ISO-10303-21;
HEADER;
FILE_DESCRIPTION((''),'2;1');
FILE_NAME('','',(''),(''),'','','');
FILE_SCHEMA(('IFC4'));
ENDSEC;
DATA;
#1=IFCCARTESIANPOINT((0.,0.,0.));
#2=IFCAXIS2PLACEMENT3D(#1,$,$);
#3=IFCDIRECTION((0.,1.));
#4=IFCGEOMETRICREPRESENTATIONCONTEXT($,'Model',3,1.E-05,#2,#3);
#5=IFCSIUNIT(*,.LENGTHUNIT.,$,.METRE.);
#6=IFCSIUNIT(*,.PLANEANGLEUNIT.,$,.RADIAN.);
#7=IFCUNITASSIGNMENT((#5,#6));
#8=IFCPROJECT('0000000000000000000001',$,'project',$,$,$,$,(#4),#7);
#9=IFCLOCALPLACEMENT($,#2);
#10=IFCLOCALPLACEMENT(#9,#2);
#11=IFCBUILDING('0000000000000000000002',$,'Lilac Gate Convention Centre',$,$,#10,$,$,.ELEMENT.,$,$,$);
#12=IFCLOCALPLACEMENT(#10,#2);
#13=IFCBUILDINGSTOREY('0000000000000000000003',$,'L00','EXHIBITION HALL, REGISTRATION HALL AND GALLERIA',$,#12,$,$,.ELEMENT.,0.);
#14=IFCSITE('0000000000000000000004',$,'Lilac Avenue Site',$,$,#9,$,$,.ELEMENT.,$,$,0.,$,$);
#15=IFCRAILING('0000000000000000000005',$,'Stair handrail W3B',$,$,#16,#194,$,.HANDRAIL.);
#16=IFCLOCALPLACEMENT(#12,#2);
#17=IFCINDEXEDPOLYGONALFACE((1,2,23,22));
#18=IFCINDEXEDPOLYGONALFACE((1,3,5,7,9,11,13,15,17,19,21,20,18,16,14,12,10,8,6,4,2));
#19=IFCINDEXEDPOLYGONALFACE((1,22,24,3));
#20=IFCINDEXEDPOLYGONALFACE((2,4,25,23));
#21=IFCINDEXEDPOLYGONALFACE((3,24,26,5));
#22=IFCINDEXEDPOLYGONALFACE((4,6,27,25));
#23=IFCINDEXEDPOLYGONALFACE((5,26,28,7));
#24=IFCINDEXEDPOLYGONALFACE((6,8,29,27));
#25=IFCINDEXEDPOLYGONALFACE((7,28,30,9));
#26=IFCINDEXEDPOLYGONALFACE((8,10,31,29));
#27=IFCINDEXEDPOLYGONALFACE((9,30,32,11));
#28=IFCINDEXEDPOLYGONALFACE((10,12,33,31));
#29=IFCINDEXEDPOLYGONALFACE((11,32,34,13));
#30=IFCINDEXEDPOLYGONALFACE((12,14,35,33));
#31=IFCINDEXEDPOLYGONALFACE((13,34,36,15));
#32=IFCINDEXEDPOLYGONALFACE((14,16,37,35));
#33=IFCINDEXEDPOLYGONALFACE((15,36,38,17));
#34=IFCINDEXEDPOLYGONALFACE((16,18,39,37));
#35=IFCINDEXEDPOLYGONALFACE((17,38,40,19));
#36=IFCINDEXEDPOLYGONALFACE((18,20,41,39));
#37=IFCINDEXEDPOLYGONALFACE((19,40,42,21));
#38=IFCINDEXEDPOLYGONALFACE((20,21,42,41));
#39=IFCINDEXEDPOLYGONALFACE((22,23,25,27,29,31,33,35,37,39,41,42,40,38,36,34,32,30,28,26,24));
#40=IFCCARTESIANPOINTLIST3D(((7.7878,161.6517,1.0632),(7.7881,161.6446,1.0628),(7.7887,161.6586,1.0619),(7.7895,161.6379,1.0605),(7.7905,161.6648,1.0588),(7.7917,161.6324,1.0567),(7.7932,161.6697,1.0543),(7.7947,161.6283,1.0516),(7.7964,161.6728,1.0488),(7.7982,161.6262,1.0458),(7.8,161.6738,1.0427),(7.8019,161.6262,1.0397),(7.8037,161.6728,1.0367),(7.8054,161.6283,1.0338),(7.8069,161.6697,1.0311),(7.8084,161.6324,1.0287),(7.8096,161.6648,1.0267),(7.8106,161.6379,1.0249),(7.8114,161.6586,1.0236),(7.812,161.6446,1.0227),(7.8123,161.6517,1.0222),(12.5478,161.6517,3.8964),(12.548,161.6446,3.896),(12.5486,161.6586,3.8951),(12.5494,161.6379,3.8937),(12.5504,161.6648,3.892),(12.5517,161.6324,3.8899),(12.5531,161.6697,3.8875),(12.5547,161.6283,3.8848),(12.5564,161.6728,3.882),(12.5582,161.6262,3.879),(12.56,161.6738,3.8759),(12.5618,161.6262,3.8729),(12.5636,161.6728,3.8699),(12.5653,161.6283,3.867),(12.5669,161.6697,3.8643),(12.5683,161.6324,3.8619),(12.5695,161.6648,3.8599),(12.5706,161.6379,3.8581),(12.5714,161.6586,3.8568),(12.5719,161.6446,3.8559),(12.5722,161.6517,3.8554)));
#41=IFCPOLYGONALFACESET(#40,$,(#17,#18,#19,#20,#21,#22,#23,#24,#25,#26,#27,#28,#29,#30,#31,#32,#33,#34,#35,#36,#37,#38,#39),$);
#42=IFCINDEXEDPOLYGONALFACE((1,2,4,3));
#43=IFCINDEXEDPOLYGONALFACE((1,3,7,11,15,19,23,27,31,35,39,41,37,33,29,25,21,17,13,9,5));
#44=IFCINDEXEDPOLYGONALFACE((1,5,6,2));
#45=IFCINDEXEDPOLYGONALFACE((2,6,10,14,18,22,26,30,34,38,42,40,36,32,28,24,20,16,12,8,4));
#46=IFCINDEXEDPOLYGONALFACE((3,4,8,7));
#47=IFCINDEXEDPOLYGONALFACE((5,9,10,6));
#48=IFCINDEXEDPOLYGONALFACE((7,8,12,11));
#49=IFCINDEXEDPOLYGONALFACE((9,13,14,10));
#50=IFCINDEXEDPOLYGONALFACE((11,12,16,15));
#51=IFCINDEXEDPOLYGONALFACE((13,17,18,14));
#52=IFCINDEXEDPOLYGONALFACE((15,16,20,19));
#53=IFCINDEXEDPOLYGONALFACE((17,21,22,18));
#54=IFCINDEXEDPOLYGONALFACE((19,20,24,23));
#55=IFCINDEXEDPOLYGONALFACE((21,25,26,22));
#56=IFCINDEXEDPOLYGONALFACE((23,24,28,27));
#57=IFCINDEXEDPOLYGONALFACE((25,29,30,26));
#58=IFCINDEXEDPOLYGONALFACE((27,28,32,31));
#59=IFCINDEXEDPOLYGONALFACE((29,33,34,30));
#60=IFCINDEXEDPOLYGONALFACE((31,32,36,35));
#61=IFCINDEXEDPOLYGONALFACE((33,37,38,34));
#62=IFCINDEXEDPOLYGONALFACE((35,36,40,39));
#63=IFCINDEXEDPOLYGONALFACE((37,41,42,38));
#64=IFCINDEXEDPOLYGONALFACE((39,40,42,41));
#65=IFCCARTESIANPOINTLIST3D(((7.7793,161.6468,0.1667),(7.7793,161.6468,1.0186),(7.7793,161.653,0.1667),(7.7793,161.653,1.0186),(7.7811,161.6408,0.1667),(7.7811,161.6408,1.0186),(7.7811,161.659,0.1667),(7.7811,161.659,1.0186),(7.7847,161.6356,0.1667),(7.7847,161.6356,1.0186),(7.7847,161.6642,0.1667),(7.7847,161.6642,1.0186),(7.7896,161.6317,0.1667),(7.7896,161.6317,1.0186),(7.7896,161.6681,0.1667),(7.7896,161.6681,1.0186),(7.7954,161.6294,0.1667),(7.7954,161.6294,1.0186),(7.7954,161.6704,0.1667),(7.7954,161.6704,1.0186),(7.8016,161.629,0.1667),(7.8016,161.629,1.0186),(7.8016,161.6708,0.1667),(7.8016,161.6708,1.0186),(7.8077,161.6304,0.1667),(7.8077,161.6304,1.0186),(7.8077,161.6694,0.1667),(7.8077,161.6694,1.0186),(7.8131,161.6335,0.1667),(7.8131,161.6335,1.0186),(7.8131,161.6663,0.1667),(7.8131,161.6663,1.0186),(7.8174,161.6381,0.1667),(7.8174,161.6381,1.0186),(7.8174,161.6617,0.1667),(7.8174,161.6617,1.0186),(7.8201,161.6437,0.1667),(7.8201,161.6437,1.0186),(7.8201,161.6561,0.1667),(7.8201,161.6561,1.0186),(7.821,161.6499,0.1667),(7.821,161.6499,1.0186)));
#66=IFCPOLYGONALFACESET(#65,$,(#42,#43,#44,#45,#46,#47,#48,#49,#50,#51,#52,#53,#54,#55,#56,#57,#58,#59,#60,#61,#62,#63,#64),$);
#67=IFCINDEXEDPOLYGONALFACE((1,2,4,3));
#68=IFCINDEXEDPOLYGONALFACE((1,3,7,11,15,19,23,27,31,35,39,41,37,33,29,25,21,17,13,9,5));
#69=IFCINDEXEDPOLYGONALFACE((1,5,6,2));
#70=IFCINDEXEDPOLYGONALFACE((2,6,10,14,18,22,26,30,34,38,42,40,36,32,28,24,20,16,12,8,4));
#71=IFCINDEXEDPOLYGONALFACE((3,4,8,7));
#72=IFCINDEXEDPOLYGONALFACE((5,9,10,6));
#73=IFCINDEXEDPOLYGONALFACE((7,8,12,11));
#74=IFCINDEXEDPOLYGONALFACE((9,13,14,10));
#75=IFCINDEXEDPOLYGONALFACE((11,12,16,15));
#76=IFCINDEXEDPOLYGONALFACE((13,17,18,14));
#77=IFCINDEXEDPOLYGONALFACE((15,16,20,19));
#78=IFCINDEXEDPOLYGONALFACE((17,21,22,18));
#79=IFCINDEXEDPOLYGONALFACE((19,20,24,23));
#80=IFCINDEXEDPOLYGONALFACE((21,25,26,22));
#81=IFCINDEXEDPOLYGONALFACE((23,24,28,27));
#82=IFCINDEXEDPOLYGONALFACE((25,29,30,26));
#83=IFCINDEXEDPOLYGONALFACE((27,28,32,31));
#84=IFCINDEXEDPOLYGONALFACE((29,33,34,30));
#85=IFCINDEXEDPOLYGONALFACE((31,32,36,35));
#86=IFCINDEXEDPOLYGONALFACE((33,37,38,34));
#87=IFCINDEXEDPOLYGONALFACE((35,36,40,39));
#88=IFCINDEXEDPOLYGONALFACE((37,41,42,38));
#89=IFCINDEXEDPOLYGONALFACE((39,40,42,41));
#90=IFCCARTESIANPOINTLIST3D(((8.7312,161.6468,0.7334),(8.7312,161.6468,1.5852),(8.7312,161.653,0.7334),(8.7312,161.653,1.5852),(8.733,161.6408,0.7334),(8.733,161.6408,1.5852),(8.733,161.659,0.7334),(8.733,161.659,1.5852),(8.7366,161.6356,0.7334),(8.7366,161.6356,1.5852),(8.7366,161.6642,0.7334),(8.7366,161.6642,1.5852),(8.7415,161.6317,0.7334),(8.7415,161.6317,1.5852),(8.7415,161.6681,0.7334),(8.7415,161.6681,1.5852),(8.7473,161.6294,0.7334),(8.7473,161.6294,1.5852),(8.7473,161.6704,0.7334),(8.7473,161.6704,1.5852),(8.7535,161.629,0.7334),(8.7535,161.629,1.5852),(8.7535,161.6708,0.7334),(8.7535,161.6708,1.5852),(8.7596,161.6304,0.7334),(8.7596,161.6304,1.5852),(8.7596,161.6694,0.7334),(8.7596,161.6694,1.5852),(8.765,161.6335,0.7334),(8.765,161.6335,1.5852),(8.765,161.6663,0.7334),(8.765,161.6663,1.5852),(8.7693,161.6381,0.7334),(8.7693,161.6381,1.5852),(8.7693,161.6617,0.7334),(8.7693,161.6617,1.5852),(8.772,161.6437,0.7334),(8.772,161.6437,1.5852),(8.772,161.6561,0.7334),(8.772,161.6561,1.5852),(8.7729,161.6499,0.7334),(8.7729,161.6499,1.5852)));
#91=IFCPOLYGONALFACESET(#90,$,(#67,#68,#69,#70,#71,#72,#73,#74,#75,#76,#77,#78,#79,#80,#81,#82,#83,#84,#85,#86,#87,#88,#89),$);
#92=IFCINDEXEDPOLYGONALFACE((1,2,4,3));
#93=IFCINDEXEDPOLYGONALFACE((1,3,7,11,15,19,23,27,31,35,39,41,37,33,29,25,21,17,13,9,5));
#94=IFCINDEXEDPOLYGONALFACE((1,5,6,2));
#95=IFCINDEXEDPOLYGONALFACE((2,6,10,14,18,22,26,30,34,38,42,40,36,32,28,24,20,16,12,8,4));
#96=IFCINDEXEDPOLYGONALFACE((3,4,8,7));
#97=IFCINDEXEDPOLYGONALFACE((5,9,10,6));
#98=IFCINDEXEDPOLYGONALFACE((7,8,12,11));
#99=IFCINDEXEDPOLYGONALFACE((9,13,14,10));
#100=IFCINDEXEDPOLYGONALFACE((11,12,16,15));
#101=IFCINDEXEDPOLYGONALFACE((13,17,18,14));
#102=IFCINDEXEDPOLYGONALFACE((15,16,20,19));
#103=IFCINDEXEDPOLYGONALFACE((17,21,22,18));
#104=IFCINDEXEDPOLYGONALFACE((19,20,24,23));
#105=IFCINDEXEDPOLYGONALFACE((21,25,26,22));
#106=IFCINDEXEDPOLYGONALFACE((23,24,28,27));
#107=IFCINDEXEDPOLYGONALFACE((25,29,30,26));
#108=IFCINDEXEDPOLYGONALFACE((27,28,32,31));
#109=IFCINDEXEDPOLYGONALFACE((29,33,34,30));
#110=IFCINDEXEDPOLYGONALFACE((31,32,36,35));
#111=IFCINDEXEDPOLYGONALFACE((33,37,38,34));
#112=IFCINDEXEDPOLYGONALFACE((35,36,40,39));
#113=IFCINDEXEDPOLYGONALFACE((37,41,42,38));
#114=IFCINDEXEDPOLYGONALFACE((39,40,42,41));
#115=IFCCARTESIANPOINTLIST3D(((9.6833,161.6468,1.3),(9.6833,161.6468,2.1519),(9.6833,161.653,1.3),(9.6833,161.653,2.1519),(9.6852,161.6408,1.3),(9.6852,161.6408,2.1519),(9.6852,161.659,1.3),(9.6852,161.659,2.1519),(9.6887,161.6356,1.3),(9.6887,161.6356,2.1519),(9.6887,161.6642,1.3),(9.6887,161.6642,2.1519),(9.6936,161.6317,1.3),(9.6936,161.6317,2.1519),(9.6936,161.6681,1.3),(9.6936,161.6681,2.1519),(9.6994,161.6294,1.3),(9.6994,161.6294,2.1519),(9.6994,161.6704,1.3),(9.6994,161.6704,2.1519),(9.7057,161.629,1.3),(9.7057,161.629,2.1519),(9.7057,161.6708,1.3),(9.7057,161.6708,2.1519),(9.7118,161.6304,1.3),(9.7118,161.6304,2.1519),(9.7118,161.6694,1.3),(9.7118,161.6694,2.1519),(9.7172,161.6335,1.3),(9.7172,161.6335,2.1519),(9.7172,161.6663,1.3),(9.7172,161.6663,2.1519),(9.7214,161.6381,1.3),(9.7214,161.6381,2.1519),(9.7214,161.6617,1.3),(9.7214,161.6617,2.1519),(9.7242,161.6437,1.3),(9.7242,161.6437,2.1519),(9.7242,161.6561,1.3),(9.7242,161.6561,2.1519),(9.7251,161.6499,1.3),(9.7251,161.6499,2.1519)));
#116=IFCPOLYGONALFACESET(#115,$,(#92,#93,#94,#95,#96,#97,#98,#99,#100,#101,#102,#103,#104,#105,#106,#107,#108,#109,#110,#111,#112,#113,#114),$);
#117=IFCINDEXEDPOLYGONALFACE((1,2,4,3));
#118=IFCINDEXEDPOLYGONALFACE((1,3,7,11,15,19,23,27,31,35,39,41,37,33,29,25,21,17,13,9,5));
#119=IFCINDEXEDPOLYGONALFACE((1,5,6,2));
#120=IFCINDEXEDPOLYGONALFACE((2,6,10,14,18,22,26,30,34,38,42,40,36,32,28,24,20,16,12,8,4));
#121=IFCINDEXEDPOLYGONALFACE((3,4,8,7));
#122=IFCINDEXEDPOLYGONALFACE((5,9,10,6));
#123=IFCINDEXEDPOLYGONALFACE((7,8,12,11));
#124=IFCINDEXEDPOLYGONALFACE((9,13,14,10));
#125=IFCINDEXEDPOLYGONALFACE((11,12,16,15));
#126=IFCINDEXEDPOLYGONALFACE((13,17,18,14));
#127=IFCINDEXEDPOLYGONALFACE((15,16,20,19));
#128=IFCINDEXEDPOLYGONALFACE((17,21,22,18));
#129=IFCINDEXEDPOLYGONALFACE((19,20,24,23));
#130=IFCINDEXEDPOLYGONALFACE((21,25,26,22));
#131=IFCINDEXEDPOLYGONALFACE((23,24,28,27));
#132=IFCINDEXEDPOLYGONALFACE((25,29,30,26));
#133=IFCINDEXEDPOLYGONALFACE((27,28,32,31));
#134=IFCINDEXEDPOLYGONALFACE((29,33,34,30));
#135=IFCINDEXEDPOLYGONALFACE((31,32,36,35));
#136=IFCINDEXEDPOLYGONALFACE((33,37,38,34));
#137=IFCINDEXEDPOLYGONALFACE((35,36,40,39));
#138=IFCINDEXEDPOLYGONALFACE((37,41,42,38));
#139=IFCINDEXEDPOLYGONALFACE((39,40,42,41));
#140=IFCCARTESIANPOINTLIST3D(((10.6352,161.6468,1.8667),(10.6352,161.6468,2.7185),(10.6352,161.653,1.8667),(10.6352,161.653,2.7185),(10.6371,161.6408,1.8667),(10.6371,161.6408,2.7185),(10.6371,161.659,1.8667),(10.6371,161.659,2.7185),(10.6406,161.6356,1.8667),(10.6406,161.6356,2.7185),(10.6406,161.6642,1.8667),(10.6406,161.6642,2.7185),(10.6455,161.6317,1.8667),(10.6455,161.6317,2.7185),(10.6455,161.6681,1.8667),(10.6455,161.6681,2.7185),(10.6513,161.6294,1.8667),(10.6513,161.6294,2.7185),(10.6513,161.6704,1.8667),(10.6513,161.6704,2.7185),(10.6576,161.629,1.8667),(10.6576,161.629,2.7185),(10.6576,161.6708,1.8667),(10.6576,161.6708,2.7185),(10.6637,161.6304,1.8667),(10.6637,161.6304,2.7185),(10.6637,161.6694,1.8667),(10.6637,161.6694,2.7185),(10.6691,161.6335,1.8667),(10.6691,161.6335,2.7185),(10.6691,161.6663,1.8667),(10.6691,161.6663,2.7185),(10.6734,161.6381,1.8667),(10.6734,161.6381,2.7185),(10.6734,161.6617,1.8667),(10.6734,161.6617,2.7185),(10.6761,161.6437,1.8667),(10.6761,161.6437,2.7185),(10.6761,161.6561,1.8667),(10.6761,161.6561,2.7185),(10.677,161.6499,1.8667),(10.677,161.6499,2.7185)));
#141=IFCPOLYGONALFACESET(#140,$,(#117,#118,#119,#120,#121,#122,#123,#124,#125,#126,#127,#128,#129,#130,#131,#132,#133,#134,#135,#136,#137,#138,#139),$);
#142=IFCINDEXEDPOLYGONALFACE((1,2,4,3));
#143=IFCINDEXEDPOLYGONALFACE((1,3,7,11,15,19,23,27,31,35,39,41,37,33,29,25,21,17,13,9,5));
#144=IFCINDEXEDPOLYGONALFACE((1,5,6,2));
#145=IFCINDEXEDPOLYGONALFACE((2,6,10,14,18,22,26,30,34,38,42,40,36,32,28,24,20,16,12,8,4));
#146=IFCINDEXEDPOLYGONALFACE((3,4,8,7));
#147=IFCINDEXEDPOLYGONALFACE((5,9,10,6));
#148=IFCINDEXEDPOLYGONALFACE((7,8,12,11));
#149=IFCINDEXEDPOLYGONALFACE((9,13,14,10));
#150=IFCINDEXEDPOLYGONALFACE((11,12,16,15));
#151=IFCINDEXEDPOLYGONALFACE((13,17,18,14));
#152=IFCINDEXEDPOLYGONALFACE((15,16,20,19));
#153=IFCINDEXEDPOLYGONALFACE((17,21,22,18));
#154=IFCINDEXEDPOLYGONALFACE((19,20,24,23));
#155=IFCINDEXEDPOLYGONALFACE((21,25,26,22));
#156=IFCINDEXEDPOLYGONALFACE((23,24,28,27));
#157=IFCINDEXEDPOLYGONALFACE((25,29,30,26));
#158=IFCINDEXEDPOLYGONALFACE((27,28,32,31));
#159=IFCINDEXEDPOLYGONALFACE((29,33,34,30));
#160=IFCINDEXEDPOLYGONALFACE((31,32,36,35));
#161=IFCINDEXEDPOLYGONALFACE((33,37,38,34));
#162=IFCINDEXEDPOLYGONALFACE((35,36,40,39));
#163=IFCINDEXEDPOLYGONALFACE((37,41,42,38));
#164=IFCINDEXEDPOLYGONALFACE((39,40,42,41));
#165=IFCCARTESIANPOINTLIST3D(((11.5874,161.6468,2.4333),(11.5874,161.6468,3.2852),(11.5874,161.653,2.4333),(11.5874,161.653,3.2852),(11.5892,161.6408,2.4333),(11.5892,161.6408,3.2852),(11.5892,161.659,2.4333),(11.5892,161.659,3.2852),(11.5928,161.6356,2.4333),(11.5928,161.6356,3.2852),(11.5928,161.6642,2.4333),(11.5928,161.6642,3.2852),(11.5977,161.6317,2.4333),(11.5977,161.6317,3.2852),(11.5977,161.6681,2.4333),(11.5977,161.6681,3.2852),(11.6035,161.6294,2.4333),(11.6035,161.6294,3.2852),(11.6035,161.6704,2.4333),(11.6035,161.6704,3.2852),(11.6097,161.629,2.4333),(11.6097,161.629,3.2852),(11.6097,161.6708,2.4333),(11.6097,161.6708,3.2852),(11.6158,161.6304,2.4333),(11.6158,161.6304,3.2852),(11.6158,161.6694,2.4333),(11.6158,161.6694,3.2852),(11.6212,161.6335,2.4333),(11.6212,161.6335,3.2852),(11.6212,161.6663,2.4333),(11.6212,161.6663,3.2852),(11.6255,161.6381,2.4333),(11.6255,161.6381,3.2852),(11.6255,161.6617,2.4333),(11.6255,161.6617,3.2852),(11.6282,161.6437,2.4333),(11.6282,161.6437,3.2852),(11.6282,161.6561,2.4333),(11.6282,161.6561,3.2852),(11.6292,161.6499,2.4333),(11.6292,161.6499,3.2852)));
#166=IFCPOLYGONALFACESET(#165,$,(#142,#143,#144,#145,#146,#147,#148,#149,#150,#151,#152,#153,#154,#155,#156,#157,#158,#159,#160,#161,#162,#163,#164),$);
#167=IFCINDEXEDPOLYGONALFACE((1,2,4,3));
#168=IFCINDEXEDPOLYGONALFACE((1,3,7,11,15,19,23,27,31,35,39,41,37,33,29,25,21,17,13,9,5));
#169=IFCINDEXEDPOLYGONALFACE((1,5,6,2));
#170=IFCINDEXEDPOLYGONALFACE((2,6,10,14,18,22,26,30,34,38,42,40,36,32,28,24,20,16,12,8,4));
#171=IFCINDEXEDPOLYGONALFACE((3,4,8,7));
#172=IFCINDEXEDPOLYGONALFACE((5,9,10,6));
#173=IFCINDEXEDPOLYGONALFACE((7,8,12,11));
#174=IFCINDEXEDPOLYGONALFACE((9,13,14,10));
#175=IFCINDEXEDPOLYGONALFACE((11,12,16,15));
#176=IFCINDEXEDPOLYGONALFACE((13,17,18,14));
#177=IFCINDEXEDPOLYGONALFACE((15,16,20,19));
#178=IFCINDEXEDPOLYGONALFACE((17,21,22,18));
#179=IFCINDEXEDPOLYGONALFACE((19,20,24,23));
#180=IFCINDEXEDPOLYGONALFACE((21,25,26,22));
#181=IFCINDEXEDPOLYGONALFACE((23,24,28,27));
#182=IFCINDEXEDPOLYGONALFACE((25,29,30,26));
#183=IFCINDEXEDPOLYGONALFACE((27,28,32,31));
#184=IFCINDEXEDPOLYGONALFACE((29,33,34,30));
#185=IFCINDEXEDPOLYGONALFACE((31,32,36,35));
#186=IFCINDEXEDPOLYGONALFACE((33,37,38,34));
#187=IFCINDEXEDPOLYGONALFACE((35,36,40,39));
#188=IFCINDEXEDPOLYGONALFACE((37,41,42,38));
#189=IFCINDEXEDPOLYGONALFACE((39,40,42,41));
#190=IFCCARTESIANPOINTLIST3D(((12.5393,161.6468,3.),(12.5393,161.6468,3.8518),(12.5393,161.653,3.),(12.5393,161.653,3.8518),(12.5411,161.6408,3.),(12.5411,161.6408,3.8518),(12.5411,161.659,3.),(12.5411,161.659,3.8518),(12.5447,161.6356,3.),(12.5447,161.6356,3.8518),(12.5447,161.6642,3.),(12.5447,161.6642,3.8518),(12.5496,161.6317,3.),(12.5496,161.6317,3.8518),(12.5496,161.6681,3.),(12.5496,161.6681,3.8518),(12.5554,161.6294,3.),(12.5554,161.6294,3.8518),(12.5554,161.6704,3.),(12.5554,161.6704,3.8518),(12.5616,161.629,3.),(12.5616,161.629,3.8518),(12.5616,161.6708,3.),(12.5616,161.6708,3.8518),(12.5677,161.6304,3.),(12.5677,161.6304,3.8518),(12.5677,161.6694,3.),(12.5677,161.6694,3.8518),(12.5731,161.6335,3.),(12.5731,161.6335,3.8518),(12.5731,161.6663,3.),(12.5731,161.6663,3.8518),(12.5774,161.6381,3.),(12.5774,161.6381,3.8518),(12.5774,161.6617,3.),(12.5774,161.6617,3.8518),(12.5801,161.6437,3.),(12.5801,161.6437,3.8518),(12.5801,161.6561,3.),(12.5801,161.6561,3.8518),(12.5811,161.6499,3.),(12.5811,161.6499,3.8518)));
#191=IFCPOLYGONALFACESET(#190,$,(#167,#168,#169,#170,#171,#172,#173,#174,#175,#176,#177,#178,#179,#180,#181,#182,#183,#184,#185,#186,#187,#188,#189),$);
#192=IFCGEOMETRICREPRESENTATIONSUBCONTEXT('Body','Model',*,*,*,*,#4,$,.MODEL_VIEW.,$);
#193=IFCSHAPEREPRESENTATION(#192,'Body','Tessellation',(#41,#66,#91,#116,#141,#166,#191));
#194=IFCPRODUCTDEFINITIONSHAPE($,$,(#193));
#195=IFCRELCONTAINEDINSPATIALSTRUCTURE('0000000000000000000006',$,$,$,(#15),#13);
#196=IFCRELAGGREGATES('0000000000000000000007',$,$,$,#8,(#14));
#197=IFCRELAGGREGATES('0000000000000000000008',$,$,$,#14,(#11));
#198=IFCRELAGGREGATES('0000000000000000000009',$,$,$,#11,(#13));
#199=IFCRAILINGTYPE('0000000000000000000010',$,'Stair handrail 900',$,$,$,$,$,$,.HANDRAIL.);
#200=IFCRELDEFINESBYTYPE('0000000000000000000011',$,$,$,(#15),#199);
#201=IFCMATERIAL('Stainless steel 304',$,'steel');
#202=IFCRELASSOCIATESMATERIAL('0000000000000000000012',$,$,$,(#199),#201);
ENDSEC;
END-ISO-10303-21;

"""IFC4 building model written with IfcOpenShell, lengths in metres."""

from ifc_helpers import new_model, si_unit, direction, frame, origin, origin_2d, place, context, subcontext, project, spatial, circle, extrude, material, type_object, element, save


model = new_model("IFC4")

# Units and contexts
model_context = context("Model", 3, precision=1e-05, world=origin(), true_north=direction((0.0, 1.0)))
body_context = subcontext(model_context, "Body", "Model", "MODEL_VIEW")
ifc_project = project(units=[si_unit("LENGTHUNIT", "METRE"), si_unit("PLANEANGLEUNIT", "RADIAN")], contexts=[model_context])

# Site, building, storey
site_placement = place(None, origin())
site = spatial("IfcSite", under=ifc_project, at=site_placement, Name="Lilac Avenue Site", CompositionType="ELEMENT", RefElevation=0.0)
building_placement = place(site_placement, origin())
building = spatial("IfcBuilding", under=site, at=building_placement, Name="Lilac Gate Convention Centre", CompositionType="ELEMENT")
storey_placement = place(building_placement, origin())
storey = spatial("IfcBuildingStorey", under=building, at=storey_placement, Name="L00", Description="EXHIBITION HALL, REGISTRATION HALL AND GALLERIA", CompositionType="ELEMENT", Elevation=0.0)

# Railing
ifc_material_1 = material(Name="Stainless steel 304", Category="steel")
railing_type = type_object("IfcRailingType", Name="Stair handrail 900", PredefinedType="HANDRAIL", material=ifc_material_1)
for number, where, name in (
    (1, (7.8, 161.6499, 0.1667), "Stair handrail W3B"),
):
    element("IfcRailing", number, at=place(storey_placement, frame(where)), inside=storey, type_object=railing_type, Name=name, PredefinedType="HANDRAIL", context=body_context, shape_type="SweptSolid", body=[
        extrude(circle(Radius=0.0239, at=origin_2d()), frame((0.0, 0.0, 0.876), z_axis=(0.8593, 0.0, 0.511472), x_axis=(0.0, 1.0, 0.0)), (0.0, 0.0, 1.0), 5.5393),
        extrude(circle(Radius=0.021, at=origin_2d()), origin(), (0.0, 0.0, 1.0), 0.8518),
        extrude(circle(Radius=0.021, at=origin_2d()), frame((0.9519, 0.0, 0.5667)), (0.0, 0.0, 1.0), 0.8518),
        extrude(circle(Radius=0.021, at=origin_2d()), frame((1.9041, 0.0, 1.1333)), (0.0, 0.0, 1.0), 0.8518),
        extrude(circle(Radius=0.021, at=origin_2d()), frame((2.856, 0.0, 1.7)), (0.0, 0.0, 1.0), 0.8518),
        extrude(circle(Radius=0.021, at=origin_2d()), frame((3.8081, 0.0, 2.2666)), (0.0, 0.0, 1.0), 0.8518),
        extrude(circle(Radius=0.021, at=origin_2d()), frame((4.76, 0.0, 2.8333)), (0.0, 0.0, 1.0), 0.8518),
    ])

save(model, "model.ifc")
